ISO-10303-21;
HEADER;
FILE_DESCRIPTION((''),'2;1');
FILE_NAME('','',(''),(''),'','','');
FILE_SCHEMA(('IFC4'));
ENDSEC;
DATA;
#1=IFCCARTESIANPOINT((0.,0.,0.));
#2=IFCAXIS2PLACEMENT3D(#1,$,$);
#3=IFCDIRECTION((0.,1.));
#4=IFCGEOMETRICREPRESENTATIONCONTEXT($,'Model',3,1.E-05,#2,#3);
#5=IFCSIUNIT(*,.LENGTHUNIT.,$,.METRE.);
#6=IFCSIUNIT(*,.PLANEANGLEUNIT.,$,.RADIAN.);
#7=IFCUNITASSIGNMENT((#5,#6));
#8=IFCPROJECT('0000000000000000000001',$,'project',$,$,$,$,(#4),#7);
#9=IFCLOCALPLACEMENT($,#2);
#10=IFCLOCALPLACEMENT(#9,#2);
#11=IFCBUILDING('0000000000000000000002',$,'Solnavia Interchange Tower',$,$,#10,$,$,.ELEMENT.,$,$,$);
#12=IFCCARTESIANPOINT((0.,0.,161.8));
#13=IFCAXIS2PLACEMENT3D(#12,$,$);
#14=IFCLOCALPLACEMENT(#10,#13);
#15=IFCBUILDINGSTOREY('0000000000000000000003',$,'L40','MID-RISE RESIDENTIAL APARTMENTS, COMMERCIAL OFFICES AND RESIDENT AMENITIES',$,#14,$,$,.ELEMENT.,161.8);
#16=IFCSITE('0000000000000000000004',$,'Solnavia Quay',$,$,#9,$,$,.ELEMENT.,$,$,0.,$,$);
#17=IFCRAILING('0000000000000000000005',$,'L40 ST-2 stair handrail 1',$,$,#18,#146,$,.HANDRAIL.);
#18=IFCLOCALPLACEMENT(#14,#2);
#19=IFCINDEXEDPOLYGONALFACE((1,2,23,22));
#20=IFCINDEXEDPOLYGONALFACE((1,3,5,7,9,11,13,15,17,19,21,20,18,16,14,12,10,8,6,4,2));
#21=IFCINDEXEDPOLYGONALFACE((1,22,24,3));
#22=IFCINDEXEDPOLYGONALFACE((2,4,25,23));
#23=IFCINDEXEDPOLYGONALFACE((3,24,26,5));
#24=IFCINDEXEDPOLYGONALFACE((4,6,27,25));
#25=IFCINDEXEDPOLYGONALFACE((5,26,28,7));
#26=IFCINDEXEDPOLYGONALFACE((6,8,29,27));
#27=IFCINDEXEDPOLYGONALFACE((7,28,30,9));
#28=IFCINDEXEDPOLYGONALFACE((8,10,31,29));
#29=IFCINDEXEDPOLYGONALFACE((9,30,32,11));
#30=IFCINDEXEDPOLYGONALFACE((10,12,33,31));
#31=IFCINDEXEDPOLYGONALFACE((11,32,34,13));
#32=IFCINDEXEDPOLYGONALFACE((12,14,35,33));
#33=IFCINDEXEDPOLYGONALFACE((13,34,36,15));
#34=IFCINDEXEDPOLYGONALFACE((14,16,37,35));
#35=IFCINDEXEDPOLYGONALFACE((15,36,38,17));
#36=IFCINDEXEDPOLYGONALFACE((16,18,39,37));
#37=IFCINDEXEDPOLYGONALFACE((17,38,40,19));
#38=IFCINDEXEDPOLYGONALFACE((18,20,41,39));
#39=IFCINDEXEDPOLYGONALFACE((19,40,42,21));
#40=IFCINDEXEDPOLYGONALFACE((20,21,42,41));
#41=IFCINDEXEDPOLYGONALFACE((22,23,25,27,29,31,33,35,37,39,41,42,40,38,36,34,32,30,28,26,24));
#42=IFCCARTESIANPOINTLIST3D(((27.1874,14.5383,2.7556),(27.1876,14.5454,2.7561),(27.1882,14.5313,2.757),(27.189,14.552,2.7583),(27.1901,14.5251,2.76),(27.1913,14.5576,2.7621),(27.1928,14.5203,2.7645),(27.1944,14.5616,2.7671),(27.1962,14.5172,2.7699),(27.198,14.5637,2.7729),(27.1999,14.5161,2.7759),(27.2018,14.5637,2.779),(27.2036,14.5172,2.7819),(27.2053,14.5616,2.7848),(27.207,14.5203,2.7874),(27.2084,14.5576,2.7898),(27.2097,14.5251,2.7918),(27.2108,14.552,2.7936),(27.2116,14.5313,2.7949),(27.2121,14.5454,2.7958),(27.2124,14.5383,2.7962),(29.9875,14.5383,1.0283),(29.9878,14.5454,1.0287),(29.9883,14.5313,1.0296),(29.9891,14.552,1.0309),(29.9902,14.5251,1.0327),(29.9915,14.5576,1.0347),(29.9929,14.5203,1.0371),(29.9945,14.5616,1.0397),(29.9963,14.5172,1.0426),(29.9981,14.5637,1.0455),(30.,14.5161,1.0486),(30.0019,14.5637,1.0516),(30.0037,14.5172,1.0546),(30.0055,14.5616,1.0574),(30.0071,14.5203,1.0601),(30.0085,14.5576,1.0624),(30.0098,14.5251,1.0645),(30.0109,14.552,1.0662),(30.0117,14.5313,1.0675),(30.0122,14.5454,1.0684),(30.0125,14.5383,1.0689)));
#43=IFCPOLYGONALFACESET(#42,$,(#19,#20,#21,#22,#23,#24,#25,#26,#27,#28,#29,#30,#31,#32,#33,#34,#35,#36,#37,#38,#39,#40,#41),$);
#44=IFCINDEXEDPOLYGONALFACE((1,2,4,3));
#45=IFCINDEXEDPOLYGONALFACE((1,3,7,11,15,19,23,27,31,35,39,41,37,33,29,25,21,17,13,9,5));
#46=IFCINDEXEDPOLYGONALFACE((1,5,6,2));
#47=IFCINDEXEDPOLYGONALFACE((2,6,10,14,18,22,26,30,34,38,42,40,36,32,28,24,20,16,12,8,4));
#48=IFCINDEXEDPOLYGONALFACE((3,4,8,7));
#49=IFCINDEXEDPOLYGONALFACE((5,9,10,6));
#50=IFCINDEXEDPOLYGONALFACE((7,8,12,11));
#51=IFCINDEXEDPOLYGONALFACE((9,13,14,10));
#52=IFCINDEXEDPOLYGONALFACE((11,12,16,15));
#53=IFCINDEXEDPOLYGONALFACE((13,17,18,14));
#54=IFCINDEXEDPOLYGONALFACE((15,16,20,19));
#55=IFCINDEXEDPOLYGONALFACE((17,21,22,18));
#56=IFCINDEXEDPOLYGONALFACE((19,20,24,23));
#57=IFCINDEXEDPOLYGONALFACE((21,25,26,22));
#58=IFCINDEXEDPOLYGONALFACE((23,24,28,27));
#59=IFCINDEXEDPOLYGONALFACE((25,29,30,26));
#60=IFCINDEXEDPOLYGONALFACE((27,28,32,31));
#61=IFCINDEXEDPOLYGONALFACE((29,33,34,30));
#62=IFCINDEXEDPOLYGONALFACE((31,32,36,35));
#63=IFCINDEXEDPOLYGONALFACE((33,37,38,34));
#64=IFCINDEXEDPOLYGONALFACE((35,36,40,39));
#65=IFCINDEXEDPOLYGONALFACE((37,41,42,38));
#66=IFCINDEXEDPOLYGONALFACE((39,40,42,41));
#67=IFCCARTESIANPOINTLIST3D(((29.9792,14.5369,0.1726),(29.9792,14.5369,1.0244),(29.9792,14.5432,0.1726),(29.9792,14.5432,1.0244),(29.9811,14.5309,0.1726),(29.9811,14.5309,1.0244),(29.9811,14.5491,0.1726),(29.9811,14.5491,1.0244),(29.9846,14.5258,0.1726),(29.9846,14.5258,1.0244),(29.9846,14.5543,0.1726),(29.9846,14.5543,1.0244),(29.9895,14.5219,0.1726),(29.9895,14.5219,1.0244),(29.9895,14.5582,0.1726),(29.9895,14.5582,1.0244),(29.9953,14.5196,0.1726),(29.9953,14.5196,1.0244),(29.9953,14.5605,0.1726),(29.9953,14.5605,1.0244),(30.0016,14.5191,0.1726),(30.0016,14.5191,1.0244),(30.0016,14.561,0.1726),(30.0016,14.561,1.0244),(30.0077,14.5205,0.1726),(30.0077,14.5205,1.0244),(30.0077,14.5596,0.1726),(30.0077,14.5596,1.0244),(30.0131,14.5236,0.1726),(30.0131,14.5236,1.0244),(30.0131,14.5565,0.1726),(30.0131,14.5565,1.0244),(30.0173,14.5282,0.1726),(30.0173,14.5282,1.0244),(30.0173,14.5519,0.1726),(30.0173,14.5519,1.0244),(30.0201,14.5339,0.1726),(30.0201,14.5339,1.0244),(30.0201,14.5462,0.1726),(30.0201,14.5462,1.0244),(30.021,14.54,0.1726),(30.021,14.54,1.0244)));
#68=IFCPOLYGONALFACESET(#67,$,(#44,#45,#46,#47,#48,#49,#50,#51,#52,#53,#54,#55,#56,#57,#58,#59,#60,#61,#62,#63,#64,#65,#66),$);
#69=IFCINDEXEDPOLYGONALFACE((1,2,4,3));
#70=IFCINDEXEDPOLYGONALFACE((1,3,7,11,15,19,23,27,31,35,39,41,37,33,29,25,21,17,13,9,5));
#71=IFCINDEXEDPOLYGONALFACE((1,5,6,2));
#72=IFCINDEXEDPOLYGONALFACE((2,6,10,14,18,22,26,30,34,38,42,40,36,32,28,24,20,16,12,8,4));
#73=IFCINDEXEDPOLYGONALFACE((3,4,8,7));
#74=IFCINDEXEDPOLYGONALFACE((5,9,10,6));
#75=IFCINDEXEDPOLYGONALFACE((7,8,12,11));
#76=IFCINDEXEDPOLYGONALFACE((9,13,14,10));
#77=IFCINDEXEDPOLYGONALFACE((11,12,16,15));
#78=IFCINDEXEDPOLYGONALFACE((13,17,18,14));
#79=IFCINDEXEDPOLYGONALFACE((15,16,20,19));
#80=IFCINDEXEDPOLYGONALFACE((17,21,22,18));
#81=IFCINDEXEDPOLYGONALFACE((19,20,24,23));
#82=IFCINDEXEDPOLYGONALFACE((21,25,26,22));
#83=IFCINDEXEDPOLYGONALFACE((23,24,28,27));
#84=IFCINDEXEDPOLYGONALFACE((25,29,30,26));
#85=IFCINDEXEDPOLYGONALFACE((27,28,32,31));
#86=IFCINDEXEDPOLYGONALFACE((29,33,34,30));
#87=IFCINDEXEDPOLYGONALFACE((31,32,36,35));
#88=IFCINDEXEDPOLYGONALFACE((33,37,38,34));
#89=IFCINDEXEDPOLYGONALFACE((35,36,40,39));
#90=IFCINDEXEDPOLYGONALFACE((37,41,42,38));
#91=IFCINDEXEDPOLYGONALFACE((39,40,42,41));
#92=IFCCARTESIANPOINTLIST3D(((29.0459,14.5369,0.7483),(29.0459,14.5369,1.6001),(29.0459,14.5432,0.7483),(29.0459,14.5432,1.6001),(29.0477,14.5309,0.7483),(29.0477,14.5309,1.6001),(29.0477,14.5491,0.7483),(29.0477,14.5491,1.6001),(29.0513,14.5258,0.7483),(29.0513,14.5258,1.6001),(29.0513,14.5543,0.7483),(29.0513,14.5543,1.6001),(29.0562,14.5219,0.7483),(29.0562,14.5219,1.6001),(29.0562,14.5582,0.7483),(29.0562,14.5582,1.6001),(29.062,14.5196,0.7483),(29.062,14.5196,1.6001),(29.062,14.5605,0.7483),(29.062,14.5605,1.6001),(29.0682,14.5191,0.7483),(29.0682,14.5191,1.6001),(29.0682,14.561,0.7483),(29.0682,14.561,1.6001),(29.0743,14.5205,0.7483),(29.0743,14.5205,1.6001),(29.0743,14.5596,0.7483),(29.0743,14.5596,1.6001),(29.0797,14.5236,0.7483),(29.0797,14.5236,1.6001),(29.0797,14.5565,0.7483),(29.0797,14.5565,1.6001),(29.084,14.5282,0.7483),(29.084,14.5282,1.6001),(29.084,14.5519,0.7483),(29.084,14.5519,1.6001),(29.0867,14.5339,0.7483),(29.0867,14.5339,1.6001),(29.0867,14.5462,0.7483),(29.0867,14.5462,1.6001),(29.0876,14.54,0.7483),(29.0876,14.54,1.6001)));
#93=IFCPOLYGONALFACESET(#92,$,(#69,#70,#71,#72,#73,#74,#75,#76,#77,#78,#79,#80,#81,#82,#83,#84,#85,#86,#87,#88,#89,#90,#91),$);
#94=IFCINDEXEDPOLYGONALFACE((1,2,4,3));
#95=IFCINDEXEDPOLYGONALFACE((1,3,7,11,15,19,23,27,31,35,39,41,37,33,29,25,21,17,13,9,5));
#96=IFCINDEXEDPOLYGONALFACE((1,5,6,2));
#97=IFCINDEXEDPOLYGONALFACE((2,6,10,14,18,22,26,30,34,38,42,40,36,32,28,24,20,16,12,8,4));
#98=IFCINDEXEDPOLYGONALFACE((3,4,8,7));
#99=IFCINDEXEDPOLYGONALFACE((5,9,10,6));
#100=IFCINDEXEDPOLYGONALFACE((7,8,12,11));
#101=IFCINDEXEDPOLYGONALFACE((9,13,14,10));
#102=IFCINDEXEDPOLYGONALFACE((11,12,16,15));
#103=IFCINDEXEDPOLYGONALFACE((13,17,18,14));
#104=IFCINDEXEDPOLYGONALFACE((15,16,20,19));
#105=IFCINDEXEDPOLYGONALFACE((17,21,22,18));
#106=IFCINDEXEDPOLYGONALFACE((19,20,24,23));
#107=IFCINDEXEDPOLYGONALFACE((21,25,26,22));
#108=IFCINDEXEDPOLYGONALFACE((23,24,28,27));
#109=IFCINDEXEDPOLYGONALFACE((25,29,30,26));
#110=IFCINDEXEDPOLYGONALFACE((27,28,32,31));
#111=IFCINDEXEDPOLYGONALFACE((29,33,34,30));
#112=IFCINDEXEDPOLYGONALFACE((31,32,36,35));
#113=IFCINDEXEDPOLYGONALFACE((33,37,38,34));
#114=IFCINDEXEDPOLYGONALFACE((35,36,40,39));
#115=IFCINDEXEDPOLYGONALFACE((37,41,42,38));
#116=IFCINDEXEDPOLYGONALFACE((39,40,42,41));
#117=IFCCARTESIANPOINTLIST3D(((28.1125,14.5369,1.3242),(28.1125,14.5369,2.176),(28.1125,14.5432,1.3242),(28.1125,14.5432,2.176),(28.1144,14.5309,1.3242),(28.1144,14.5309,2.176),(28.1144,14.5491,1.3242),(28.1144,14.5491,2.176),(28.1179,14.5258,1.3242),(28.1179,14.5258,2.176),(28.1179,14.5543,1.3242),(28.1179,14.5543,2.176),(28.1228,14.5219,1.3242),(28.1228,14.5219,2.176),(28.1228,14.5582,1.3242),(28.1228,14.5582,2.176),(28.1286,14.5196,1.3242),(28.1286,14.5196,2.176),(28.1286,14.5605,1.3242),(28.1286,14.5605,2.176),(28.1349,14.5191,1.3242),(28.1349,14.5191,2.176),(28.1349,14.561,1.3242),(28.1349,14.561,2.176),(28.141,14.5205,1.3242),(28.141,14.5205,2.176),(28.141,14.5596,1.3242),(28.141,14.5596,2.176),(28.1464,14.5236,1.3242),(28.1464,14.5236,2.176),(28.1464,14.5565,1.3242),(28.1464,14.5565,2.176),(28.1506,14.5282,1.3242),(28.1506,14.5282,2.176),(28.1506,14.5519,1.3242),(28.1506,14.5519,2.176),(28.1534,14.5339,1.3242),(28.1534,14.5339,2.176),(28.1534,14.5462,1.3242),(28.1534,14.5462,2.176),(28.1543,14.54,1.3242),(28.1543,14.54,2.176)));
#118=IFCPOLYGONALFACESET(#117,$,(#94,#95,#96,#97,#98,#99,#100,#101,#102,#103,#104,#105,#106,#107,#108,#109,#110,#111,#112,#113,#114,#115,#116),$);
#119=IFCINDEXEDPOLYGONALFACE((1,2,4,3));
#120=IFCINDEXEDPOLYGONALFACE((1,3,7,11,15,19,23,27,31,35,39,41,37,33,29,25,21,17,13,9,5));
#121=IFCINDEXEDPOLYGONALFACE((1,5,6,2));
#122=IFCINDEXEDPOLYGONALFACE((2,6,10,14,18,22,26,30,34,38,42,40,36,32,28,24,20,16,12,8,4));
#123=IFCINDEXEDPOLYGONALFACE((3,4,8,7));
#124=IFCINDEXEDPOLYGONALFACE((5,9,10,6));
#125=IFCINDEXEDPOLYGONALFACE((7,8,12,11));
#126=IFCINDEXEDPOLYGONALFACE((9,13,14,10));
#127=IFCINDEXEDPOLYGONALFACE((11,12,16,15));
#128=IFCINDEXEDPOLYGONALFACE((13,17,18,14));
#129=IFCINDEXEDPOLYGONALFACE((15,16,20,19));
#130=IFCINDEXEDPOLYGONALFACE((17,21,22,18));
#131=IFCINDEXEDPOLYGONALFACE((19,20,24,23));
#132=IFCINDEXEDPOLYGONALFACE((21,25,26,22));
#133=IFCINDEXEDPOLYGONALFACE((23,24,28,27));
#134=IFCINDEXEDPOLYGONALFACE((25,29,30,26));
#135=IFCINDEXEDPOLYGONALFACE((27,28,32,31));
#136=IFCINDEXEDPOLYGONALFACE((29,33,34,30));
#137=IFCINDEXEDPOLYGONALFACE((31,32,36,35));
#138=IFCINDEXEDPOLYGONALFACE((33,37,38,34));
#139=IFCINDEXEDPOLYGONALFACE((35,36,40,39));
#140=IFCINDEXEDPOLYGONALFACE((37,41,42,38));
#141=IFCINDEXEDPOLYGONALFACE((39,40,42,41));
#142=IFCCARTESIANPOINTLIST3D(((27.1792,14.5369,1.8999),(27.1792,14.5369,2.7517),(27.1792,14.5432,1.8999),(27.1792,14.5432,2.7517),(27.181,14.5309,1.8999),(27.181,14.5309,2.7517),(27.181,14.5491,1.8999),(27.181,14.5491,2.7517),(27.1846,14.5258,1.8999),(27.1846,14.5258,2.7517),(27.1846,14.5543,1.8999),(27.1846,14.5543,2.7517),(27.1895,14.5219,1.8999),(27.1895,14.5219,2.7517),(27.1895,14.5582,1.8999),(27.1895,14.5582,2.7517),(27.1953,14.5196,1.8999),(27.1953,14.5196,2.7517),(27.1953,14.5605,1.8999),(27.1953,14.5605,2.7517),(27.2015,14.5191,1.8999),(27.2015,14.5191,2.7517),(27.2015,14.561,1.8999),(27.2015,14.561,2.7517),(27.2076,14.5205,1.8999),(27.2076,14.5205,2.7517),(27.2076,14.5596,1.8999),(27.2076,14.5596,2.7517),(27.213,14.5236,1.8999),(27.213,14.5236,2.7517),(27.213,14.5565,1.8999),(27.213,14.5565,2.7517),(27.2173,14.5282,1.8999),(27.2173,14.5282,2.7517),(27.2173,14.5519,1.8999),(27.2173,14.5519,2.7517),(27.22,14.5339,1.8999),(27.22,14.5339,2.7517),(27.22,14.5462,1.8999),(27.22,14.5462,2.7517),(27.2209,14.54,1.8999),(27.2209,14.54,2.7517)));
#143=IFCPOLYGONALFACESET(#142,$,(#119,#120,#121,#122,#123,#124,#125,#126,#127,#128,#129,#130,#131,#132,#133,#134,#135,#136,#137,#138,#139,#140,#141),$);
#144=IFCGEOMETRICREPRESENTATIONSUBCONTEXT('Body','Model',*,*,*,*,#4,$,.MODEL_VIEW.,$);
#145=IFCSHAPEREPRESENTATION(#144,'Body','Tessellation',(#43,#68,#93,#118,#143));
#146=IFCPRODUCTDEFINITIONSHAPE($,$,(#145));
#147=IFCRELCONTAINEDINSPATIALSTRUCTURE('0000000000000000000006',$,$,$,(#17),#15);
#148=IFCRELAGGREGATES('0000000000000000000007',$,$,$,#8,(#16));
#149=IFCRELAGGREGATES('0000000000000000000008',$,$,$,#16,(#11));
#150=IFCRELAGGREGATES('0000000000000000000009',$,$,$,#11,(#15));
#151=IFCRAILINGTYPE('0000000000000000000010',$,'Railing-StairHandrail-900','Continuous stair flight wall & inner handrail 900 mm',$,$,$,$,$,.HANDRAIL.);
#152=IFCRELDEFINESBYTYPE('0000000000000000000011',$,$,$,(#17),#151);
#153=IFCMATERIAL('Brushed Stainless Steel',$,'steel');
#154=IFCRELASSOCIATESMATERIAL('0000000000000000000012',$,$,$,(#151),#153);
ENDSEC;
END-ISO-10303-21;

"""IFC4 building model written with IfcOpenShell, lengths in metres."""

from ifc_helpers import new_model, si_unit, direction, frame, origin, origin_2d, place, context, subcontext, project, spatial, circle, extrude, material, type_object, element, save


model = new_model("IFC4")

# Units and contexts
model_context = context("Model", 3, precision=1e-05, world=origin(), true_north=direction((0.0, 1.0)))
body_context = subcontext(model_context, "Body", "Model", "MODEL_VIEW")
ifc_project = project(units=[si_unit("LENGTHUNIT", "METRE"), si_unit("PLANEANGLEUNIT", "RADIAN")], contexts=[model_context])

# Site, building, storey
site_placement = place(None, origin())
site = spatial("IfcSite", under=ifc_project, at=site_placement, Name="Solnavia Quay", CompositionType="ELEMENT", RefElevation=0.0)
building_placement = place(site_placement, origin())
building = spatial("IfcBuilding", under=site, at=building_placement, Name="Solnavia Interchange Tower", CompositionType="ELEMENT")
storey_placement = place(building_placement, frame((0.0, 0.0, 161.8)))
storey = spatial("IfcBuildingStorey", under=building, at=storey_placement, Name="L40", Description="MID-RISE RESIDENTIAL APARTMENTS, COMMERCIAL OFFICES AND RESIDENT AMENITIES", CompositionType="ELEMENT", Elevation=161.8)

# Railing
ifc_material_1 = material(Name="Brushed Stainless Steel", Category="steel")
railing_type = type_object("IfcRailingType", Name="Railing-StairHandrail-900", Description="Continuous stair flight wall & inner handrail 900 mm", PredefinedType="HANDRAIL", material=ifc_material_1)
railing_placement = place(storey_placement, frame((30.0, 14.54, 0.1726)))
element("IfcRailing", 1, at=railing_placement, inside=storey, type_object=railing_type, Name="L40 ST-2 stair handrail 1", PredefinedType="HANDRAIL", context=body_context, shape_type="SweptSolid", body=[
    extrude(circle(Radius=0.0239, at=origin_2d()), frame((0.0, 0.0, 0.876), z_axis=(-0.85109, 0.0, 0.52502), x_axis=(0.0, -1.0, 0.0)), (0.0, 0.0, 1.0), 3.29),
    extrude(circle(Radius=0.021, at=origin_2d()), origin(), (0.0, 0.0, 1.0), 0.8518),
    extrude(circle(Radius=0.021, at=origin_2d()), frame((-0.9333, 0.0, 0.5757)), (0.0, 0.0, 1.0), 0.8518),
    extrude(circle(Radius=0.021, at=origin_2d()), frame((-1.8667, 0.0, 1.1516)), (0.0, 0.0, 1.0), 0.8518),
    extrude(circle(Radius=0.021, at=origin_2d()), frame((-2.8, 0.0, 1.7273)), (0.0, 0.0, 1.0), 0.8518),
])

save(model, "model.ifc")
